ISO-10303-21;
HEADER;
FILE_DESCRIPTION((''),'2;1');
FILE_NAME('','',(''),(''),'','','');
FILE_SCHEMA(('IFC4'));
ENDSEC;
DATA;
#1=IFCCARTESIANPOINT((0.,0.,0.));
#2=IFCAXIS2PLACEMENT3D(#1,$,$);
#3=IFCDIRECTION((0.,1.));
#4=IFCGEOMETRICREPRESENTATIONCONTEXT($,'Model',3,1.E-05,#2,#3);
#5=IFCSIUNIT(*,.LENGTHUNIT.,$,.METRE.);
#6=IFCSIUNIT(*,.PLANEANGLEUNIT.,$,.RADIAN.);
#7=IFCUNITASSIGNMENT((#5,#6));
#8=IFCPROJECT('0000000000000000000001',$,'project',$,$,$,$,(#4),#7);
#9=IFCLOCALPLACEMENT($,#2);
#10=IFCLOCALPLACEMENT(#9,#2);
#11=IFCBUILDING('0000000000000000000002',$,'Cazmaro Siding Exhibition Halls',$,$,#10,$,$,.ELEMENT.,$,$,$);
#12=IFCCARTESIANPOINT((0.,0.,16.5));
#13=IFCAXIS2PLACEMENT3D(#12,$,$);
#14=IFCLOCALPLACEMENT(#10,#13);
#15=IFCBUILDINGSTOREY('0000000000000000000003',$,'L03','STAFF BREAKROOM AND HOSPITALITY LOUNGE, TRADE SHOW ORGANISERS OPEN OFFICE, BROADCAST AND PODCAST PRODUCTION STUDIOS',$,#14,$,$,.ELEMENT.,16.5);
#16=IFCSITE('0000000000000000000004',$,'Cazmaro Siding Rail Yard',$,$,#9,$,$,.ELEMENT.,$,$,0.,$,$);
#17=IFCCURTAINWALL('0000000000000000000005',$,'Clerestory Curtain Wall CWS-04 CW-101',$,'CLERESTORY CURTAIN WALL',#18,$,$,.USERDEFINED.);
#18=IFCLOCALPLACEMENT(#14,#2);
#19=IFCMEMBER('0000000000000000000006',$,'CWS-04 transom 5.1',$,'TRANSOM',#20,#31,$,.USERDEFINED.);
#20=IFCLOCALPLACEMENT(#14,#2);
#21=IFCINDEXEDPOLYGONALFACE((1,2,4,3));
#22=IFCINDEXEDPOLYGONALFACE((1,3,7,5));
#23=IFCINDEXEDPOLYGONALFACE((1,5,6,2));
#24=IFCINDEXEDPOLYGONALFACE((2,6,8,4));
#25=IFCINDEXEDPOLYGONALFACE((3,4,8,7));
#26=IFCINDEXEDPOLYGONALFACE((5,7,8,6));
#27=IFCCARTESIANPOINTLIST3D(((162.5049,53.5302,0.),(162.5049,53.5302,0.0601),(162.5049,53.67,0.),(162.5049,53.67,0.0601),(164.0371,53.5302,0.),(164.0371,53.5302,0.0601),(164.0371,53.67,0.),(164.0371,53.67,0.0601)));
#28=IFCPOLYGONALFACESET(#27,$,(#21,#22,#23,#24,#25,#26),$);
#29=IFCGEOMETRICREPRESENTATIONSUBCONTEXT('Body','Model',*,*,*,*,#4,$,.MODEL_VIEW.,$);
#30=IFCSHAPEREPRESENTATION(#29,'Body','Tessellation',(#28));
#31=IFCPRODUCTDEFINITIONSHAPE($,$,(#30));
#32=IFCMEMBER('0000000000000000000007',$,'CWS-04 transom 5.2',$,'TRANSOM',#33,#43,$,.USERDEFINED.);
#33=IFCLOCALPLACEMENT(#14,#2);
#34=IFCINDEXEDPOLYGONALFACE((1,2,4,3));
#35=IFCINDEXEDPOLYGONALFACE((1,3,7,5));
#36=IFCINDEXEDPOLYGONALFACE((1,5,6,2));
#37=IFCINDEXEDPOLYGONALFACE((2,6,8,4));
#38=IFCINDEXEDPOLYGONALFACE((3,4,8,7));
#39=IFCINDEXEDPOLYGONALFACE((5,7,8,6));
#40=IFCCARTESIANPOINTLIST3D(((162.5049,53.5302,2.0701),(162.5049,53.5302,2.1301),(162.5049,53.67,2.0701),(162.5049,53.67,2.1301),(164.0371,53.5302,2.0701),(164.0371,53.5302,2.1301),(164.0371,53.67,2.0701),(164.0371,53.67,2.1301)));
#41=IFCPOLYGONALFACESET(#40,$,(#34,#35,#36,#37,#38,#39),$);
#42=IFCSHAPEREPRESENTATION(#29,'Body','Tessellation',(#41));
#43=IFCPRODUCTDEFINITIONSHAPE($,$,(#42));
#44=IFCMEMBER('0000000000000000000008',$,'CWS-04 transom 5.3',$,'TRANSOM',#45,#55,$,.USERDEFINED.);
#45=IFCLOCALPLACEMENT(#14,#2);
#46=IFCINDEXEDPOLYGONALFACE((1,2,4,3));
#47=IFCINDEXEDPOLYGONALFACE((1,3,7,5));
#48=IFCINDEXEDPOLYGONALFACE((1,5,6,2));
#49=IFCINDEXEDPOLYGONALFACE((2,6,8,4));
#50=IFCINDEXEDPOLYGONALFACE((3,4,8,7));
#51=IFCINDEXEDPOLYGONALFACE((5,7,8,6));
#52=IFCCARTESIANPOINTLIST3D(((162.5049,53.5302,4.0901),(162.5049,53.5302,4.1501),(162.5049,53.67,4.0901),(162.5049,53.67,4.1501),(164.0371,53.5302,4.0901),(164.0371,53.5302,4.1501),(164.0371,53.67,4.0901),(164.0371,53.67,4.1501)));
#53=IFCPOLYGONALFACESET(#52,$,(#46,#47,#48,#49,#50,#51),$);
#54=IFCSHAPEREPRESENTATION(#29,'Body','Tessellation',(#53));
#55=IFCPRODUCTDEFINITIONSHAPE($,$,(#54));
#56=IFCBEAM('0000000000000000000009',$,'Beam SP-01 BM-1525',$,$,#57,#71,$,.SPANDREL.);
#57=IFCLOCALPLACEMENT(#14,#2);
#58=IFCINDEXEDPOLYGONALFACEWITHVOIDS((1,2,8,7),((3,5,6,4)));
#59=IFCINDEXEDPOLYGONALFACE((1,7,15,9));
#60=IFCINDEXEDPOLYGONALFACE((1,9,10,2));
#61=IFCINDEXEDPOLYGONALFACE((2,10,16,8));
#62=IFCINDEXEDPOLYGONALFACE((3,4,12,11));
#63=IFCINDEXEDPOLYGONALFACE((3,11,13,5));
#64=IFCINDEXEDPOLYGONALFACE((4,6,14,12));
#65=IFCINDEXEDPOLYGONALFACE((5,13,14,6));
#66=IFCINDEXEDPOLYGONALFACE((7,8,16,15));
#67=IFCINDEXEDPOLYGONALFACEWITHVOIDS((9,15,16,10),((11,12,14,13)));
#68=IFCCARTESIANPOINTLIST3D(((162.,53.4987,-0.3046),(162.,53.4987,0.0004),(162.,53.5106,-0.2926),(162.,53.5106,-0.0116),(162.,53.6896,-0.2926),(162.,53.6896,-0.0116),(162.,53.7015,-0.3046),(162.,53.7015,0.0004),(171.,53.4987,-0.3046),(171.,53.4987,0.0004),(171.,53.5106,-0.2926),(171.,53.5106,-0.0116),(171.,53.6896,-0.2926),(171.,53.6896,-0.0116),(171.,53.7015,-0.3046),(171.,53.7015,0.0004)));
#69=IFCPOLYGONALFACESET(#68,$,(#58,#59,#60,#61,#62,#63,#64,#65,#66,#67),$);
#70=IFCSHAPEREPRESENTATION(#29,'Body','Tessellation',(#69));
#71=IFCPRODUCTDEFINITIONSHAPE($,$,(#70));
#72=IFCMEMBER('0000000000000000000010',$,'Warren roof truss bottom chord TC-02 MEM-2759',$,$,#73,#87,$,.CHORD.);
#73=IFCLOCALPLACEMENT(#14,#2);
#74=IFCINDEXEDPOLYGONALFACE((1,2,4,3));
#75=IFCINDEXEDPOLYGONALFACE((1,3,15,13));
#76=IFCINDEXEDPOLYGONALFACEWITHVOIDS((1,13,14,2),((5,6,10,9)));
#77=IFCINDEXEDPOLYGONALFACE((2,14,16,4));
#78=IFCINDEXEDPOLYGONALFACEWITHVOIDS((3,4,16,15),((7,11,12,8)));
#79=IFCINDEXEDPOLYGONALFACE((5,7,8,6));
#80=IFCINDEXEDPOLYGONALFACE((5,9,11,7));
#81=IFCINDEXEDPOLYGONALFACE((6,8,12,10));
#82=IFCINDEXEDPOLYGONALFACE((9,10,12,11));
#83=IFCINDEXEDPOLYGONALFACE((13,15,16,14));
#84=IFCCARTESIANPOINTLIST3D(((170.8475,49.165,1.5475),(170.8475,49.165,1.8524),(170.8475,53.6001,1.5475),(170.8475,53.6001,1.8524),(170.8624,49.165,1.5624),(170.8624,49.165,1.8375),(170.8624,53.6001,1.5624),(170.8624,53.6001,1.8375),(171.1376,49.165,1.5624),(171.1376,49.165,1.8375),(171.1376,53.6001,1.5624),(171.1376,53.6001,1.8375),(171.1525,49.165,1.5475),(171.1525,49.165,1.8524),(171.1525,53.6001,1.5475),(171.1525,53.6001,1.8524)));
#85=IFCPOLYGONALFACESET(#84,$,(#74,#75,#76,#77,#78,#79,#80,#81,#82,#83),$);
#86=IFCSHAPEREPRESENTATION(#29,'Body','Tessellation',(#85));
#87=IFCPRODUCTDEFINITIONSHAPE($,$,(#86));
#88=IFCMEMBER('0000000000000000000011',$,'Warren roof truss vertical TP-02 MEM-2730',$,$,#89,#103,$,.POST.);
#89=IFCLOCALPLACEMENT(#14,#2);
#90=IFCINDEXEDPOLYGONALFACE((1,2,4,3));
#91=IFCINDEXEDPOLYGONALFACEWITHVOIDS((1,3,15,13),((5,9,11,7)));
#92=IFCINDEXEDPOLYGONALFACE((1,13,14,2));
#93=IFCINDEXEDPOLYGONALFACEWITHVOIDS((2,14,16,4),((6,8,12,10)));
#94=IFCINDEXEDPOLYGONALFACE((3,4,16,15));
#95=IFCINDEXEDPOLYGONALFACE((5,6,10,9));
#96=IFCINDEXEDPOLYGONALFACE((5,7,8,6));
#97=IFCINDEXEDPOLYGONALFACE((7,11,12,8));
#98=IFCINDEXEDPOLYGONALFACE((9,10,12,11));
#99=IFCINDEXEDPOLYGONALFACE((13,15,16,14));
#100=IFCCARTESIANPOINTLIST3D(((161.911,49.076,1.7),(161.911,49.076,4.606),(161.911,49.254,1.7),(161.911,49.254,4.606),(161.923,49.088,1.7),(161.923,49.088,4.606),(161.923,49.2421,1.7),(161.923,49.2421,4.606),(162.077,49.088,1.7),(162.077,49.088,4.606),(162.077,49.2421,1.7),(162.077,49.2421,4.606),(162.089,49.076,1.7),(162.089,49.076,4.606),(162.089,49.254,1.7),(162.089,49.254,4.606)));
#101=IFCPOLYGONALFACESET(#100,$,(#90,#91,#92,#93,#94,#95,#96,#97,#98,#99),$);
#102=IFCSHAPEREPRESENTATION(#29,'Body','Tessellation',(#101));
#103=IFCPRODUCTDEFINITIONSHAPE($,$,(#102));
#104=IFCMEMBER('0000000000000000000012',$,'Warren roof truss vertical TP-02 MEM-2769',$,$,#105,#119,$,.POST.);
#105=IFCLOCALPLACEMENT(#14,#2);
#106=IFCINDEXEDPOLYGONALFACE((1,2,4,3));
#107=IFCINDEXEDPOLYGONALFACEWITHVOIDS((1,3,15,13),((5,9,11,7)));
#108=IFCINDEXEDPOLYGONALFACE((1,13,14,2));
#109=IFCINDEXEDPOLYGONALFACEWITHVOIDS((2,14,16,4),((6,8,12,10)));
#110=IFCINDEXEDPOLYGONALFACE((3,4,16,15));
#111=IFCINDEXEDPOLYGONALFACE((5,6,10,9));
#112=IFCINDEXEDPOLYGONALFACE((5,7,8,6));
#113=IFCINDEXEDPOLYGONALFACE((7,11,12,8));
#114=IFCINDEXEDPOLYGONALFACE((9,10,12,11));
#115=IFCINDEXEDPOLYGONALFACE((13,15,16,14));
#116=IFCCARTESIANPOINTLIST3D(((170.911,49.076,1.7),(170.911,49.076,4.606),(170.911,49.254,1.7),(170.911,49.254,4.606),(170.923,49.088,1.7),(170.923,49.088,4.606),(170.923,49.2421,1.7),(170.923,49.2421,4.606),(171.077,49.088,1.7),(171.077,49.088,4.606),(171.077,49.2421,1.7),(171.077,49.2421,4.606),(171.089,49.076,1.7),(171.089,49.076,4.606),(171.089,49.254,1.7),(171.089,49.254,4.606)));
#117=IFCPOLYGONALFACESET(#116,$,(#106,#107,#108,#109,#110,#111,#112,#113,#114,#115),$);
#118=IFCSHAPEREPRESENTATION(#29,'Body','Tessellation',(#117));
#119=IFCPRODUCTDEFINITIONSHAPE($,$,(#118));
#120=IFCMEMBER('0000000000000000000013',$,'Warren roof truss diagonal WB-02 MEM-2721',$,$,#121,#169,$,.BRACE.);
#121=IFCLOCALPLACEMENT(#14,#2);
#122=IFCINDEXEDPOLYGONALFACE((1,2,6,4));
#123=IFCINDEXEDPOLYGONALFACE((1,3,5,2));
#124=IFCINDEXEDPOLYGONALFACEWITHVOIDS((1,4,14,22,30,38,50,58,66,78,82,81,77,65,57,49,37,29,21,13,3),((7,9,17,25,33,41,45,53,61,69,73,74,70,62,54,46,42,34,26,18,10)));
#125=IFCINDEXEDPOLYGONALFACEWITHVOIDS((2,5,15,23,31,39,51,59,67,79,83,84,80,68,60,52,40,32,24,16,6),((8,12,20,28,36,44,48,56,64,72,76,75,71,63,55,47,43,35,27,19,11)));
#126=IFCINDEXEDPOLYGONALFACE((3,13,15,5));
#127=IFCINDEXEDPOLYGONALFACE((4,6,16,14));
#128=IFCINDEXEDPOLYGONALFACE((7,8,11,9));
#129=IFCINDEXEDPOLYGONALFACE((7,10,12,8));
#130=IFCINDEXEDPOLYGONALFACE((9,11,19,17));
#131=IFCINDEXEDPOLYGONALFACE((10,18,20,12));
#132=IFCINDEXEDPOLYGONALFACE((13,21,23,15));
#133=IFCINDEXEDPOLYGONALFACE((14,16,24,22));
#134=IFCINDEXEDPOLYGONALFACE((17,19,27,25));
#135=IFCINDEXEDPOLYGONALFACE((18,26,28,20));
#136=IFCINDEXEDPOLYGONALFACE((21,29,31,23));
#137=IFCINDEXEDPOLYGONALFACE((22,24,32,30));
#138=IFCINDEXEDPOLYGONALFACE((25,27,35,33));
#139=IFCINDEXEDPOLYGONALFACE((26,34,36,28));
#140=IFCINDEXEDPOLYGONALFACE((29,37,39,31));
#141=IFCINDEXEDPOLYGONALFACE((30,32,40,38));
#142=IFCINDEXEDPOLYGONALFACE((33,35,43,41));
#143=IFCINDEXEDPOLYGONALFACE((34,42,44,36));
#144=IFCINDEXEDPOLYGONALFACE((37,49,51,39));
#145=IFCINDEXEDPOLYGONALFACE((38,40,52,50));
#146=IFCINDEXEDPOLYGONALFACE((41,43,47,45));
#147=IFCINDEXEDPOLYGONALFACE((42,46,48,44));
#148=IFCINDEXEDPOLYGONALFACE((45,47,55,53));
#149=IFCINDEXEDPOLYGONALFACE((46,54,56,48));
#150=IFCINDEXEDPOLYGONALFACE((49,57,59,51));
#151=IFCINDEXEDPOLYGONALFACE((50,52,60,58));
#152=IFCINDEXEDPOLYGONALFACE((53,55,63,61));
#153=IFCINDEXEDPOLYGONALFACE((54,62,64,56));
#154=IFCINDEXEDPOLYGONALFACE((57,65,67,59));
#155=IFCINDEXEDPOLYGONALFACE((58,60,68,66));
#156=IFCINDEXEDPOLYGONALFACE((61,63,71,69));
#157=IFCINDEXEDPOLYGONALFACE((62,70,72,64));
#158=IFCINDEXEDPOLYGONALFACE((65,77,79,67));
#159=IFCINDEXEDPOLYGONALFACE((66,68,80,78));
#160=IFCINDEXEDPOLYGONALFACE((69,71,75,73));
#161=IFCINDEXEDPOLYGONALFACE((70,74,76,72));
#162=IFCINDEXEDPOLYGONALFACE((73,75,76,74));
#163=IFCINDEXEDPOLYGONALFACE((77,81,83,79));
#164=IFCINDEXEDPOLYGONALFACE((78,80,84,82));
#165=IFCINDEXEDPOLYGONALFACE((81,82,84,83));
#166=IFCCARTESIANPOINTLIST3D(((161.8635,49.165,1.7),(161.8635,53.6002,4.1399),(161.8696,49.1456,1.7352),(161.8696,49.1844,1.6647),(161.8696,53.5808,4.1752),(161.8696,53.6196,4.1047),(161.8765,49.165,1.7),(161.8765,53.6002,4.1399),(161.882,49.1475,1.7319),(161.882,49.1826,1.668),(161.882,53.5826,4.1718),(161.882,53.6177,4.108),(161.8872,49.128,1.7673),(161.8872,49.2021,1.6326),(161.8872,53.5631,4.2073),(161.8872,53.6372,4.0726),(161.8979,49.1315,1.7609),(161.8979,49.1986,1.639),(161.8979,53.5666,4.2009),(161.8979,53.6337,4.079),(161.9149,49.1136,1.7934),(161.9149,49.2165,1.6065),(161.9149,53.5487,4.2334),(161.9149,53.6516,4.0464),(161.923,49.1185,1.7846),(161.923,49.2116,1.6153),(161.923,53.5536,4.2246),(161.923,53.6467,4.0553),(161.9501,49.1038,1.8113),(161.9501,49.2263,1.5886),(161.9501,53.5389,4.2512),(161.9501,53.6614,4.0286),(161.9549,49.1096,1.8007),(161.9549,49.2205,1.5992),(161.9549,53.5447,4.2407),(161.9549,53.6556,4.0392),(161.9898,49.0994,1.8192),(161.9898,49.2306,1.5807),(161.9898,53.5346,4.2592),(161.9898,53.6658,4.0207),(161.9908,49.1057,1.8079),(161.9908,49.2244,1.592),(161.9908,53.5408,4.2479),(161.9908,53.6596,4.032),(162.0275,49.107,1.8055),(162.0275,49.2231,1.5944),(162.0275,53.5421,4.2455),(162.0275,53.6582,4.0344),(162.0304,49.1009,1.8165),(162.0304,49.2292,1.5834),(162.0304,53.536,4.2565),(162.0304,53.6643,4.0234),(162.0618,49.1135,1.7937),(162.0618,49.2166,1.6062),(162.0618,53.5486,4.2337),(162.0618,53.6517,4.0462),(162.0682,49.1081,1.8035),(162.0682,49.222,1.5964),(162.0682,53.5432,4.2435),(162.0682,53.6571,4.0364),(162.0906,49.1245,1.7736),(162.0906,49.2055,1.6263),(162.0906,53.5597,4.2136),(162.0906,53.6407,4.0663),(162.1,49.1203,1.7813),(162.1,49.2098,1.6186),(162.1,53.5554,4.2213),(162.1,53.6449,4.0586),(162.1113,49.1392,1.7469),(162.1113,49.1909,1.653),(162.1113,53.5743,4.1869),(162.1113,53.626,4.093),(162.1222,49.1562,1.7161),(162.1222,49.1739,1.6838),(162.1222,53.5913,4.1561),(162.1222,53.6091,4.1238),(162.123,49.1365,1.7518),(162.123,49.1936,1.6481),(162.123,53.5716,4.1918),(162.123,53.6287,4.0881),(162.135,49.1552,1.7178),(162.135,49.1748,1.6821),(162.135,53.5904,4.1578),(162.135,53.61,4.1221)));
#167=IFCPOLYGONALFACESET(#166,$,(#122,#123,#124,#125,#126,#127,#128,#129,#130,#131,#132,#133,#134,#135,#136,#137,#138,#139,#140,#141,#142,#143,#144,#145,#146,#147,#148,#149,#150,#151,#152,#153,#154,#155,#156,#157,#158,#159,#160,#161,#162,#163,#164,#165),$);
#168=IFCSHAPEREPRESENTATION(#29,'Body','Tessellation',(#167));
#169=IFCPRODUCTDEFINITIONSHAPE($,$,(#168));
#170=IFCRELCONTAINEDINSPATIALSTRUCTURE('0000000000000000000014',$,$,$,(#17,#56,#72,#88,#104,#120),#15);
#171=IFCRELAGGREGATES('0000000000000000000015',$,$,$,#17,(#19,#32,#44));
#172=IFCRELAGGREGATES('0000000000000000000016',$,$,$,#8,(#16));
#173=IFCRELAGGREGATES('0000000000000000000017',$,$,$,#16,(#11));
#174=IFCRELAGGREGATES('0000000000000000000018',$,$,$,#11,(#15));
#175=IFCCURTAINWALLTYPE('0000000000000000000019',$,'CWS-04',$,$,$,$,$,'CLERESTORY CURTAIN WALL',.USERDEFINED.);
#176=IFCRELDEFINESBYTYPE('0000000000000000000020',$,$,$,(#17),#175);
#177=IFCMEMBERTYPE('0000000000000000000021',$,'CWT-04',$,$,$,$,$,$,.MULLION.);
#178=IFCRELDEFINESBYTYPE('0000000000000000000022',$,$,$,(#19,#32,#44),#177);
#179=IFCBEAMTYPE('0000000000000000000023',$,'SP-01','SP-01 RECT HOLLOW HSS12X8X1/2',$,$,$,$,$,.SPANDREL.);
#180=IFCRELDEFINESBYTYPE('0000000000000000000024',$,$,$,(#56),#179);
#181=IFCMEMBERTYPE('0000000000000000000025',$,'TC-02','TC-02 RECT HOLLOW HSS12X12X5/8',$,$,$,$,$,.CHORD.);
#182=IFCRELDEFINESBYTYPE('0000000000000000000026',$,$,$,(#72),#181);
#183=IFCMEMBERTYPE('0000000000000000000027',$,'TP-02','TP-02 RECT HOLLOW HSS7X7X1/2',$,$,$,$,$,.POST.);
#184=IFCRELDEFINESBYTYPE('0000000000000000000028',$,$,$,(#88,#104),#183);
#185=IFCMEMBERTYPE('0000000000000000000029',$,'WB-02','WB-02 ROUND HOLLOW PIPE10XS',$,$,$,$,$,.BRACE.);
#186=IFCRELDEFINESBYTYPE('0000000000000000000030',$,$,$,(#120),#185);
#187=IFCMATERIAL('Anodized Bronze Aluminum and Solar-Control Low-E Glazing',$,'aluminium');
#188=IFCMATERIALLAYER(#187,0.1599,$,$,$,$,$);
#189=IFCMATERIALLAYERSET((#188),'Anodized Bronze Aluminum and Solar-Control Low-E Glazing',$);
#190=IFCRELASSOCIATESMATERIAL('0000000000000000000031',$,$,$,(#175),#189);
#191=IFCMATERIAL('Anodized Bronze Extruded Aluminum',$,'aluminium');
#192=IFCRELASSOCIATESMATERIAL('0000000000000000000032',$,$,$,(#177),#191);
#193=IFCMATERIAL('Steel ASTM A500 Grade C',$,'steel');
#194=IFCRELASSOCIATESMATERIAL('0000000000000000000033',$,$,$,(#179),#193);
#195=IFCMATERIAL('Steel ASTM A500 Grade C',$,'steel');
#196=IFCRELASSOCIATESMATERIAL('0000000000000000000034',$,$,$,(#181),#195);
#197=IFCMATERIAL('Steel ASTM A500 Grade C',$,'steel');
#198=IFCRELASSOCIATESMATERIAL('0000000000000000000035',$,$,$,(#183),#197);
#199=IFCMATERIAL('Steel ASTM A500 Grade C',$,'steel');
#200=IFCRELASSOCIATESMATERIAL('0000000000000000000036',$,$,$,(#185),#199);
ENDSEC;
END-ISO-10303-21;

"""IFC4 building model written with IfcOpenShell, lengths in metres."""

from ifc_helpers import new_model, si_unit, direction, frame, origin, origin_2d, place, context, subcontext, project, spatial, rectangle, hollow_rectangle, hollow_circle, extrude, material, layer, layer_set, material_profile, profile_set, type_object, element, aggregate, save


model = new_model("IFC4")

# Units and contexts
model_context = context("Model", 3, precision=1e-05, world=origin(), true_north=direction((0.0, 1.0)))
body_context = subcontext(model_context, "Body", "Model", "MODEL_VIEW")
ifc_project = project(units=[si_unit("LENGTHUNIT", "METRE"), si_unit("PLANEANGLEUNIT", "RADIAN")], contexts=[model_context])

# Site, building, storey
site_placement = place(None, origin())
site = spatial("IfcSite", under=ifc_project, at=site_placement, Name="Cazmaro Siding Rail Yard", CompositionType="ELEMENT", RefElevation=0.0)
building_placement = place(site_placement, origin())
building = spatial("IfcBuilding", under=site, at=building_placement, Name="Cazmaro Siding Exhibition Halls", CompositionType="ELEMENT")
storey_placement = place(building_placement, frame((0.0, 0.0, 16.5)))
storey = spatial("IfcBuildingStorey", under=building, at=storey_placement, Name="L03", Description="STAFF BREAKROOM AND HOSPITALITY LOUNGE, TRADE SHOW ORGANISERS OPEN OFFICE, BROADCAST AND PODCAST PRODUCTION STUDIOS", CompositionType="ELEMENT", Elevation=16.5)

# Shared definitions
ifc_material_1 = material(Name="Anodized Bronze Aluminum and Solar-Control Low-E Glazing", Category="aluminium")
ifc_layer_1 = layer(ifc_material_1, 0.1599)
ifc_layer_set_1 = layer_set([ifc_layer_1], Name="Anodized Bronze Aluminum and Solar-Control Low-E Glazing")
curtain_wall_type = type_object("IfcCurtainWallType", Name="CWS-04", ElementType="CLERESTORY CURTAIN WALL", PredefinedType="USERDEFINED", material=ifc_layer_set_1)

# Curtain wall, members
curtain_wall_1_placement = place(storey_placement, origin())
curtain_wall_1 = element("IfcCurtainWall", 1, at=curtain_wall_1_placement, inside=storey, type_object=curtain_wall_type, Name="Clerestory Curtain Wall CWS-04 CW-101", ObjectType="CLERESTORY CURTAIN WALL", PredefinedType="USERDEFINED")
ifc_material_2 = material(Name="Anodized Bronze Extruded Aluminum", Category="aluminium")
ifc_material_profile_1 = material_profile(ifc_material_2, rectangle(XDim=0.1399, YDim=0.0601, at=origin_2d()), Name="CWT-04")
ifc_profile_set_1 = profile_set([ifc_material_profile_1], Name="Anodized Bronze Extruded Aluminum")
member_type_1 = type_object("IfcMemberType", Name="CWT-04", PredefinedType="MULLION", material=ifc_profile_set_1)
member_1_placement = place(storey_placement, frame((164.0371, 53.6001, 0.03), z_axis=(-1.0, 0.0, 0.0), x_axis=(0.0, -1.0, 0.0)))
member_1 = element("IfcMember", 2, at=member_1_placement, type_object=member_type_1, Name="CWS-04 transom 5.1", ObjectType="TRANSOM", PredefinedType="USERDEFINED", context=body_context, shape_type="SweptSolid", body=[
    extrude(rectangle(XDim=0.1399, YDim=0.0601, at=origin_2d()), origin(), (0.0, 0.0, 1.0), 1.5322),
])
member_2_placement = place(storey_placement, frame((164.0371, 53.6001, 2.1001), z_axis=(-1.0, 0.0, 0.0), x_axis=(0.0, -1.0, 0.0)))
member_2 = element("IfcMember", 3, at=member_2_placement, type_object=member_type_1, Name="CWS-04 transom 5.2", ObjectType="TRANSOM", PredefinedType="USERDEFINED", context=body_context, shape_type="SweptSolid", body=[
    extrude(rectangle(XDim=0.1399, YDim=0.0601, at=origin_2d()), origin(), (0.0, 0.0, 1.0), 1.5322),
])
member_3_placement = place(storey_placement, frame((164.0371, 53.6001, 4.1201), z_axis=(-1.0, 0.0, 0.0), x_axis=(0.0, -1.0, 0.0)))
member_3 = element("IfcMember", 4, at=member_3_placement, type_object=member_type_1, Name="CWS-04 transom 5.3", ObjectType="TRANSOM", PredefinedType="USERDEFINED", context=body_context, shape_type="SweptSolid", body=[
    extrude(rectangle(XDim=0.1399, YDim=0.0601, at=origin_2d()), origin(), (0.0, 0.0, 1.0), 1.5322),
])

# Beam
ifc_material_3 = material(Name="Steel ASTM A500 Grade C", Category="steel")
ifc_material_profile_2 = material_profile(ifc_material_3, hollow_rectangle(XDim=0.2029, YDim=0.3049, WallThickness=0.012, at=origin_2d()), Name="HSS12X8X1/2")
ifc_profile_set_2 = profile_set([ifc_material_profile_2], Name="Steel ASTM A500 Grade C")
beam_type = type_object("IfcBeamType", Name="SP-01", Description="SP-01 RECT HOLLOW HSS12X8X1/2", PredefinedType="SPANDREL", material=ifc_profile_set_2)
beam_placement = place(storey_placement, frame((162.0, 53.6001, -0.1521), z_axis=(1.0, 0.0, 0.0), x_axis=(0.0, 1.0, 0.0)))
element("IfcBeam", 5, at=beam_placement, inside=storey, type_object=beam_type, Name="Beam SP-01 BM-1525", PredefinedType="SPANDREL", context=body_context, shape_type="SweptSolid", body=[
    extrude(hollow_rectangle(XDim=0.2029, YDim=0.3049, WallThickness=0.012, at=origin_2d()), origin(), (0.0, 0.0, 1.0), 9.0),
])

# Members
ifc_material_4 = material(Name="Steel ASTM A500 Grade C", Category="steel")
ifc_material_profile_3 = material_profile(ifc_material_4, hollow_rectangle(XDim=0.3049, YDim=0.3049, WallThickness=0.0149, at=origin_2d()), Name="HSS12X12X5/8")
ifc_profile_set_3 = profile_set([ifc_material_profile_3], Name="Steel ASTM A500 Grade C")
member_type_2 = type_object("IfcMemberType", Name="TC-02", Description="TC-02 RECT HOLLOW HSS12X12X5/8", PredefinedType="CHORD", material=ifc_profile_set_3)
member_4_placement = place(storey_placement, frame((171.0, 49.165, 1.7), z_axis=(0.0, 1.0, 0.0), x_axis=(-1.0, 0.0, 0.0)))
element("IfcMember", 6, at=member_4_placement, inside=storey, type_object=member_type_2, Name="Warren roof truss bottom chord TC-02 MEM-2759", PredefinedType="CHORD", context=body_context, shape_type="SweptSolid", body=[
    extrude(hollow_rectangle(XDim=0.3049, YDim=0.3049, WallThickness=0.0149, at=origin_2d()), origin(), (0.0, 0.0, 1.0), 4.4351),
])
ifc_material_5 = material(Name="Steel ASTM A500 Grade C", Category="steel")
ifc_material_profile_4 = material_profile(ifc_material_5, hollow_rectangle(XDim=0.178, YDim=0.178, WallThickness=0.012, at=origin_2d()), Name="HSS7X7X1/2")
ifc_profile_set_4 = profile_set([ifc_material_profile_4], Name="Steel ASTM A500 Grade C")
member_type_3 = type_object("IfcMemberType", Name="TP-02", Description="TP-02 RECT HOLLOW HSS7X7X1/2", PredefinedType="POST", material=ifc_profile_set_4)
for number, where, z_axis, x_axis, name in (
    (7, (162.0, 49.165, 1.7), (0.0, 0.0, 1.0), (1.0, 0.0, 0.0), "Warren roof truss vertical TP-02 MEM-2730"),
    (8, (171.0, 49.165, 1.7), (0.0, 0.0, 1.0), (1.0, 0.0, 0.0), "Warren roof truss vertical TP-02 MEM-2769"),
):
    element("IfcMember", number, at=place(storey_placement, frame(where, z_axis=z_axis, x_axis=x_axis)), inside=storey, type_object=member_type_3, Name=name, PredefinedType="POST", context=body_context, shape_type="SweptSolid", body=[
        extrude(hollow_rectangle(XDim=0.178, YDim=0.178, WallThickness=0.012, at=origin_2d()), origin(), (0.0, 0.0, 1.0), 2.906),
    ])
ifc_material_6 = material(Name="Steel ASTM A500 Grade C", Category="steel")
ifc_material_profile_5 = material_profile(ifc_material_6, hollow_circle(Radius=0.1365, WallThickness=0.0129, at=origin_2d()), Name="PIPE10XS")
ifc_profile_set_5 = profile_set([ifc_material_profile_5], Name="Steel ASTM A500 Grade C")
member_type_4 = type_object("IfcMemberType", Name="WB-02", Description="WB-02 ROUND HOLLOW PIPE10XS", PredefinedType="BRACE", material=ifc_profile_set_5)
member_5_placement = place(storey_placement, frame((162.0, 49.165, 1.7), z_axis=(0.0, 0.876161, 0.482019), x_axis=(-1.0, 0.0, 0.0)))
element("IfcMember", 9, at=member_5_placement, inside=storey, type_object=member_type_4, Name="Warren roof truss diagonal WB-02 MEM-2721", PredefinedType="BRACE", context=body_context, shape_type="SweptSolid", body=[
    extrude(hollow_circle(Radius=0.1365, WallThickness=0.0129, at=origin_2d()), origin(), (0.0, 0.0, 1.0), 5.062),
])

aggregate(curtain_wall_1, [member_1, member_2, member_3])

save(model, "model.ifc")
